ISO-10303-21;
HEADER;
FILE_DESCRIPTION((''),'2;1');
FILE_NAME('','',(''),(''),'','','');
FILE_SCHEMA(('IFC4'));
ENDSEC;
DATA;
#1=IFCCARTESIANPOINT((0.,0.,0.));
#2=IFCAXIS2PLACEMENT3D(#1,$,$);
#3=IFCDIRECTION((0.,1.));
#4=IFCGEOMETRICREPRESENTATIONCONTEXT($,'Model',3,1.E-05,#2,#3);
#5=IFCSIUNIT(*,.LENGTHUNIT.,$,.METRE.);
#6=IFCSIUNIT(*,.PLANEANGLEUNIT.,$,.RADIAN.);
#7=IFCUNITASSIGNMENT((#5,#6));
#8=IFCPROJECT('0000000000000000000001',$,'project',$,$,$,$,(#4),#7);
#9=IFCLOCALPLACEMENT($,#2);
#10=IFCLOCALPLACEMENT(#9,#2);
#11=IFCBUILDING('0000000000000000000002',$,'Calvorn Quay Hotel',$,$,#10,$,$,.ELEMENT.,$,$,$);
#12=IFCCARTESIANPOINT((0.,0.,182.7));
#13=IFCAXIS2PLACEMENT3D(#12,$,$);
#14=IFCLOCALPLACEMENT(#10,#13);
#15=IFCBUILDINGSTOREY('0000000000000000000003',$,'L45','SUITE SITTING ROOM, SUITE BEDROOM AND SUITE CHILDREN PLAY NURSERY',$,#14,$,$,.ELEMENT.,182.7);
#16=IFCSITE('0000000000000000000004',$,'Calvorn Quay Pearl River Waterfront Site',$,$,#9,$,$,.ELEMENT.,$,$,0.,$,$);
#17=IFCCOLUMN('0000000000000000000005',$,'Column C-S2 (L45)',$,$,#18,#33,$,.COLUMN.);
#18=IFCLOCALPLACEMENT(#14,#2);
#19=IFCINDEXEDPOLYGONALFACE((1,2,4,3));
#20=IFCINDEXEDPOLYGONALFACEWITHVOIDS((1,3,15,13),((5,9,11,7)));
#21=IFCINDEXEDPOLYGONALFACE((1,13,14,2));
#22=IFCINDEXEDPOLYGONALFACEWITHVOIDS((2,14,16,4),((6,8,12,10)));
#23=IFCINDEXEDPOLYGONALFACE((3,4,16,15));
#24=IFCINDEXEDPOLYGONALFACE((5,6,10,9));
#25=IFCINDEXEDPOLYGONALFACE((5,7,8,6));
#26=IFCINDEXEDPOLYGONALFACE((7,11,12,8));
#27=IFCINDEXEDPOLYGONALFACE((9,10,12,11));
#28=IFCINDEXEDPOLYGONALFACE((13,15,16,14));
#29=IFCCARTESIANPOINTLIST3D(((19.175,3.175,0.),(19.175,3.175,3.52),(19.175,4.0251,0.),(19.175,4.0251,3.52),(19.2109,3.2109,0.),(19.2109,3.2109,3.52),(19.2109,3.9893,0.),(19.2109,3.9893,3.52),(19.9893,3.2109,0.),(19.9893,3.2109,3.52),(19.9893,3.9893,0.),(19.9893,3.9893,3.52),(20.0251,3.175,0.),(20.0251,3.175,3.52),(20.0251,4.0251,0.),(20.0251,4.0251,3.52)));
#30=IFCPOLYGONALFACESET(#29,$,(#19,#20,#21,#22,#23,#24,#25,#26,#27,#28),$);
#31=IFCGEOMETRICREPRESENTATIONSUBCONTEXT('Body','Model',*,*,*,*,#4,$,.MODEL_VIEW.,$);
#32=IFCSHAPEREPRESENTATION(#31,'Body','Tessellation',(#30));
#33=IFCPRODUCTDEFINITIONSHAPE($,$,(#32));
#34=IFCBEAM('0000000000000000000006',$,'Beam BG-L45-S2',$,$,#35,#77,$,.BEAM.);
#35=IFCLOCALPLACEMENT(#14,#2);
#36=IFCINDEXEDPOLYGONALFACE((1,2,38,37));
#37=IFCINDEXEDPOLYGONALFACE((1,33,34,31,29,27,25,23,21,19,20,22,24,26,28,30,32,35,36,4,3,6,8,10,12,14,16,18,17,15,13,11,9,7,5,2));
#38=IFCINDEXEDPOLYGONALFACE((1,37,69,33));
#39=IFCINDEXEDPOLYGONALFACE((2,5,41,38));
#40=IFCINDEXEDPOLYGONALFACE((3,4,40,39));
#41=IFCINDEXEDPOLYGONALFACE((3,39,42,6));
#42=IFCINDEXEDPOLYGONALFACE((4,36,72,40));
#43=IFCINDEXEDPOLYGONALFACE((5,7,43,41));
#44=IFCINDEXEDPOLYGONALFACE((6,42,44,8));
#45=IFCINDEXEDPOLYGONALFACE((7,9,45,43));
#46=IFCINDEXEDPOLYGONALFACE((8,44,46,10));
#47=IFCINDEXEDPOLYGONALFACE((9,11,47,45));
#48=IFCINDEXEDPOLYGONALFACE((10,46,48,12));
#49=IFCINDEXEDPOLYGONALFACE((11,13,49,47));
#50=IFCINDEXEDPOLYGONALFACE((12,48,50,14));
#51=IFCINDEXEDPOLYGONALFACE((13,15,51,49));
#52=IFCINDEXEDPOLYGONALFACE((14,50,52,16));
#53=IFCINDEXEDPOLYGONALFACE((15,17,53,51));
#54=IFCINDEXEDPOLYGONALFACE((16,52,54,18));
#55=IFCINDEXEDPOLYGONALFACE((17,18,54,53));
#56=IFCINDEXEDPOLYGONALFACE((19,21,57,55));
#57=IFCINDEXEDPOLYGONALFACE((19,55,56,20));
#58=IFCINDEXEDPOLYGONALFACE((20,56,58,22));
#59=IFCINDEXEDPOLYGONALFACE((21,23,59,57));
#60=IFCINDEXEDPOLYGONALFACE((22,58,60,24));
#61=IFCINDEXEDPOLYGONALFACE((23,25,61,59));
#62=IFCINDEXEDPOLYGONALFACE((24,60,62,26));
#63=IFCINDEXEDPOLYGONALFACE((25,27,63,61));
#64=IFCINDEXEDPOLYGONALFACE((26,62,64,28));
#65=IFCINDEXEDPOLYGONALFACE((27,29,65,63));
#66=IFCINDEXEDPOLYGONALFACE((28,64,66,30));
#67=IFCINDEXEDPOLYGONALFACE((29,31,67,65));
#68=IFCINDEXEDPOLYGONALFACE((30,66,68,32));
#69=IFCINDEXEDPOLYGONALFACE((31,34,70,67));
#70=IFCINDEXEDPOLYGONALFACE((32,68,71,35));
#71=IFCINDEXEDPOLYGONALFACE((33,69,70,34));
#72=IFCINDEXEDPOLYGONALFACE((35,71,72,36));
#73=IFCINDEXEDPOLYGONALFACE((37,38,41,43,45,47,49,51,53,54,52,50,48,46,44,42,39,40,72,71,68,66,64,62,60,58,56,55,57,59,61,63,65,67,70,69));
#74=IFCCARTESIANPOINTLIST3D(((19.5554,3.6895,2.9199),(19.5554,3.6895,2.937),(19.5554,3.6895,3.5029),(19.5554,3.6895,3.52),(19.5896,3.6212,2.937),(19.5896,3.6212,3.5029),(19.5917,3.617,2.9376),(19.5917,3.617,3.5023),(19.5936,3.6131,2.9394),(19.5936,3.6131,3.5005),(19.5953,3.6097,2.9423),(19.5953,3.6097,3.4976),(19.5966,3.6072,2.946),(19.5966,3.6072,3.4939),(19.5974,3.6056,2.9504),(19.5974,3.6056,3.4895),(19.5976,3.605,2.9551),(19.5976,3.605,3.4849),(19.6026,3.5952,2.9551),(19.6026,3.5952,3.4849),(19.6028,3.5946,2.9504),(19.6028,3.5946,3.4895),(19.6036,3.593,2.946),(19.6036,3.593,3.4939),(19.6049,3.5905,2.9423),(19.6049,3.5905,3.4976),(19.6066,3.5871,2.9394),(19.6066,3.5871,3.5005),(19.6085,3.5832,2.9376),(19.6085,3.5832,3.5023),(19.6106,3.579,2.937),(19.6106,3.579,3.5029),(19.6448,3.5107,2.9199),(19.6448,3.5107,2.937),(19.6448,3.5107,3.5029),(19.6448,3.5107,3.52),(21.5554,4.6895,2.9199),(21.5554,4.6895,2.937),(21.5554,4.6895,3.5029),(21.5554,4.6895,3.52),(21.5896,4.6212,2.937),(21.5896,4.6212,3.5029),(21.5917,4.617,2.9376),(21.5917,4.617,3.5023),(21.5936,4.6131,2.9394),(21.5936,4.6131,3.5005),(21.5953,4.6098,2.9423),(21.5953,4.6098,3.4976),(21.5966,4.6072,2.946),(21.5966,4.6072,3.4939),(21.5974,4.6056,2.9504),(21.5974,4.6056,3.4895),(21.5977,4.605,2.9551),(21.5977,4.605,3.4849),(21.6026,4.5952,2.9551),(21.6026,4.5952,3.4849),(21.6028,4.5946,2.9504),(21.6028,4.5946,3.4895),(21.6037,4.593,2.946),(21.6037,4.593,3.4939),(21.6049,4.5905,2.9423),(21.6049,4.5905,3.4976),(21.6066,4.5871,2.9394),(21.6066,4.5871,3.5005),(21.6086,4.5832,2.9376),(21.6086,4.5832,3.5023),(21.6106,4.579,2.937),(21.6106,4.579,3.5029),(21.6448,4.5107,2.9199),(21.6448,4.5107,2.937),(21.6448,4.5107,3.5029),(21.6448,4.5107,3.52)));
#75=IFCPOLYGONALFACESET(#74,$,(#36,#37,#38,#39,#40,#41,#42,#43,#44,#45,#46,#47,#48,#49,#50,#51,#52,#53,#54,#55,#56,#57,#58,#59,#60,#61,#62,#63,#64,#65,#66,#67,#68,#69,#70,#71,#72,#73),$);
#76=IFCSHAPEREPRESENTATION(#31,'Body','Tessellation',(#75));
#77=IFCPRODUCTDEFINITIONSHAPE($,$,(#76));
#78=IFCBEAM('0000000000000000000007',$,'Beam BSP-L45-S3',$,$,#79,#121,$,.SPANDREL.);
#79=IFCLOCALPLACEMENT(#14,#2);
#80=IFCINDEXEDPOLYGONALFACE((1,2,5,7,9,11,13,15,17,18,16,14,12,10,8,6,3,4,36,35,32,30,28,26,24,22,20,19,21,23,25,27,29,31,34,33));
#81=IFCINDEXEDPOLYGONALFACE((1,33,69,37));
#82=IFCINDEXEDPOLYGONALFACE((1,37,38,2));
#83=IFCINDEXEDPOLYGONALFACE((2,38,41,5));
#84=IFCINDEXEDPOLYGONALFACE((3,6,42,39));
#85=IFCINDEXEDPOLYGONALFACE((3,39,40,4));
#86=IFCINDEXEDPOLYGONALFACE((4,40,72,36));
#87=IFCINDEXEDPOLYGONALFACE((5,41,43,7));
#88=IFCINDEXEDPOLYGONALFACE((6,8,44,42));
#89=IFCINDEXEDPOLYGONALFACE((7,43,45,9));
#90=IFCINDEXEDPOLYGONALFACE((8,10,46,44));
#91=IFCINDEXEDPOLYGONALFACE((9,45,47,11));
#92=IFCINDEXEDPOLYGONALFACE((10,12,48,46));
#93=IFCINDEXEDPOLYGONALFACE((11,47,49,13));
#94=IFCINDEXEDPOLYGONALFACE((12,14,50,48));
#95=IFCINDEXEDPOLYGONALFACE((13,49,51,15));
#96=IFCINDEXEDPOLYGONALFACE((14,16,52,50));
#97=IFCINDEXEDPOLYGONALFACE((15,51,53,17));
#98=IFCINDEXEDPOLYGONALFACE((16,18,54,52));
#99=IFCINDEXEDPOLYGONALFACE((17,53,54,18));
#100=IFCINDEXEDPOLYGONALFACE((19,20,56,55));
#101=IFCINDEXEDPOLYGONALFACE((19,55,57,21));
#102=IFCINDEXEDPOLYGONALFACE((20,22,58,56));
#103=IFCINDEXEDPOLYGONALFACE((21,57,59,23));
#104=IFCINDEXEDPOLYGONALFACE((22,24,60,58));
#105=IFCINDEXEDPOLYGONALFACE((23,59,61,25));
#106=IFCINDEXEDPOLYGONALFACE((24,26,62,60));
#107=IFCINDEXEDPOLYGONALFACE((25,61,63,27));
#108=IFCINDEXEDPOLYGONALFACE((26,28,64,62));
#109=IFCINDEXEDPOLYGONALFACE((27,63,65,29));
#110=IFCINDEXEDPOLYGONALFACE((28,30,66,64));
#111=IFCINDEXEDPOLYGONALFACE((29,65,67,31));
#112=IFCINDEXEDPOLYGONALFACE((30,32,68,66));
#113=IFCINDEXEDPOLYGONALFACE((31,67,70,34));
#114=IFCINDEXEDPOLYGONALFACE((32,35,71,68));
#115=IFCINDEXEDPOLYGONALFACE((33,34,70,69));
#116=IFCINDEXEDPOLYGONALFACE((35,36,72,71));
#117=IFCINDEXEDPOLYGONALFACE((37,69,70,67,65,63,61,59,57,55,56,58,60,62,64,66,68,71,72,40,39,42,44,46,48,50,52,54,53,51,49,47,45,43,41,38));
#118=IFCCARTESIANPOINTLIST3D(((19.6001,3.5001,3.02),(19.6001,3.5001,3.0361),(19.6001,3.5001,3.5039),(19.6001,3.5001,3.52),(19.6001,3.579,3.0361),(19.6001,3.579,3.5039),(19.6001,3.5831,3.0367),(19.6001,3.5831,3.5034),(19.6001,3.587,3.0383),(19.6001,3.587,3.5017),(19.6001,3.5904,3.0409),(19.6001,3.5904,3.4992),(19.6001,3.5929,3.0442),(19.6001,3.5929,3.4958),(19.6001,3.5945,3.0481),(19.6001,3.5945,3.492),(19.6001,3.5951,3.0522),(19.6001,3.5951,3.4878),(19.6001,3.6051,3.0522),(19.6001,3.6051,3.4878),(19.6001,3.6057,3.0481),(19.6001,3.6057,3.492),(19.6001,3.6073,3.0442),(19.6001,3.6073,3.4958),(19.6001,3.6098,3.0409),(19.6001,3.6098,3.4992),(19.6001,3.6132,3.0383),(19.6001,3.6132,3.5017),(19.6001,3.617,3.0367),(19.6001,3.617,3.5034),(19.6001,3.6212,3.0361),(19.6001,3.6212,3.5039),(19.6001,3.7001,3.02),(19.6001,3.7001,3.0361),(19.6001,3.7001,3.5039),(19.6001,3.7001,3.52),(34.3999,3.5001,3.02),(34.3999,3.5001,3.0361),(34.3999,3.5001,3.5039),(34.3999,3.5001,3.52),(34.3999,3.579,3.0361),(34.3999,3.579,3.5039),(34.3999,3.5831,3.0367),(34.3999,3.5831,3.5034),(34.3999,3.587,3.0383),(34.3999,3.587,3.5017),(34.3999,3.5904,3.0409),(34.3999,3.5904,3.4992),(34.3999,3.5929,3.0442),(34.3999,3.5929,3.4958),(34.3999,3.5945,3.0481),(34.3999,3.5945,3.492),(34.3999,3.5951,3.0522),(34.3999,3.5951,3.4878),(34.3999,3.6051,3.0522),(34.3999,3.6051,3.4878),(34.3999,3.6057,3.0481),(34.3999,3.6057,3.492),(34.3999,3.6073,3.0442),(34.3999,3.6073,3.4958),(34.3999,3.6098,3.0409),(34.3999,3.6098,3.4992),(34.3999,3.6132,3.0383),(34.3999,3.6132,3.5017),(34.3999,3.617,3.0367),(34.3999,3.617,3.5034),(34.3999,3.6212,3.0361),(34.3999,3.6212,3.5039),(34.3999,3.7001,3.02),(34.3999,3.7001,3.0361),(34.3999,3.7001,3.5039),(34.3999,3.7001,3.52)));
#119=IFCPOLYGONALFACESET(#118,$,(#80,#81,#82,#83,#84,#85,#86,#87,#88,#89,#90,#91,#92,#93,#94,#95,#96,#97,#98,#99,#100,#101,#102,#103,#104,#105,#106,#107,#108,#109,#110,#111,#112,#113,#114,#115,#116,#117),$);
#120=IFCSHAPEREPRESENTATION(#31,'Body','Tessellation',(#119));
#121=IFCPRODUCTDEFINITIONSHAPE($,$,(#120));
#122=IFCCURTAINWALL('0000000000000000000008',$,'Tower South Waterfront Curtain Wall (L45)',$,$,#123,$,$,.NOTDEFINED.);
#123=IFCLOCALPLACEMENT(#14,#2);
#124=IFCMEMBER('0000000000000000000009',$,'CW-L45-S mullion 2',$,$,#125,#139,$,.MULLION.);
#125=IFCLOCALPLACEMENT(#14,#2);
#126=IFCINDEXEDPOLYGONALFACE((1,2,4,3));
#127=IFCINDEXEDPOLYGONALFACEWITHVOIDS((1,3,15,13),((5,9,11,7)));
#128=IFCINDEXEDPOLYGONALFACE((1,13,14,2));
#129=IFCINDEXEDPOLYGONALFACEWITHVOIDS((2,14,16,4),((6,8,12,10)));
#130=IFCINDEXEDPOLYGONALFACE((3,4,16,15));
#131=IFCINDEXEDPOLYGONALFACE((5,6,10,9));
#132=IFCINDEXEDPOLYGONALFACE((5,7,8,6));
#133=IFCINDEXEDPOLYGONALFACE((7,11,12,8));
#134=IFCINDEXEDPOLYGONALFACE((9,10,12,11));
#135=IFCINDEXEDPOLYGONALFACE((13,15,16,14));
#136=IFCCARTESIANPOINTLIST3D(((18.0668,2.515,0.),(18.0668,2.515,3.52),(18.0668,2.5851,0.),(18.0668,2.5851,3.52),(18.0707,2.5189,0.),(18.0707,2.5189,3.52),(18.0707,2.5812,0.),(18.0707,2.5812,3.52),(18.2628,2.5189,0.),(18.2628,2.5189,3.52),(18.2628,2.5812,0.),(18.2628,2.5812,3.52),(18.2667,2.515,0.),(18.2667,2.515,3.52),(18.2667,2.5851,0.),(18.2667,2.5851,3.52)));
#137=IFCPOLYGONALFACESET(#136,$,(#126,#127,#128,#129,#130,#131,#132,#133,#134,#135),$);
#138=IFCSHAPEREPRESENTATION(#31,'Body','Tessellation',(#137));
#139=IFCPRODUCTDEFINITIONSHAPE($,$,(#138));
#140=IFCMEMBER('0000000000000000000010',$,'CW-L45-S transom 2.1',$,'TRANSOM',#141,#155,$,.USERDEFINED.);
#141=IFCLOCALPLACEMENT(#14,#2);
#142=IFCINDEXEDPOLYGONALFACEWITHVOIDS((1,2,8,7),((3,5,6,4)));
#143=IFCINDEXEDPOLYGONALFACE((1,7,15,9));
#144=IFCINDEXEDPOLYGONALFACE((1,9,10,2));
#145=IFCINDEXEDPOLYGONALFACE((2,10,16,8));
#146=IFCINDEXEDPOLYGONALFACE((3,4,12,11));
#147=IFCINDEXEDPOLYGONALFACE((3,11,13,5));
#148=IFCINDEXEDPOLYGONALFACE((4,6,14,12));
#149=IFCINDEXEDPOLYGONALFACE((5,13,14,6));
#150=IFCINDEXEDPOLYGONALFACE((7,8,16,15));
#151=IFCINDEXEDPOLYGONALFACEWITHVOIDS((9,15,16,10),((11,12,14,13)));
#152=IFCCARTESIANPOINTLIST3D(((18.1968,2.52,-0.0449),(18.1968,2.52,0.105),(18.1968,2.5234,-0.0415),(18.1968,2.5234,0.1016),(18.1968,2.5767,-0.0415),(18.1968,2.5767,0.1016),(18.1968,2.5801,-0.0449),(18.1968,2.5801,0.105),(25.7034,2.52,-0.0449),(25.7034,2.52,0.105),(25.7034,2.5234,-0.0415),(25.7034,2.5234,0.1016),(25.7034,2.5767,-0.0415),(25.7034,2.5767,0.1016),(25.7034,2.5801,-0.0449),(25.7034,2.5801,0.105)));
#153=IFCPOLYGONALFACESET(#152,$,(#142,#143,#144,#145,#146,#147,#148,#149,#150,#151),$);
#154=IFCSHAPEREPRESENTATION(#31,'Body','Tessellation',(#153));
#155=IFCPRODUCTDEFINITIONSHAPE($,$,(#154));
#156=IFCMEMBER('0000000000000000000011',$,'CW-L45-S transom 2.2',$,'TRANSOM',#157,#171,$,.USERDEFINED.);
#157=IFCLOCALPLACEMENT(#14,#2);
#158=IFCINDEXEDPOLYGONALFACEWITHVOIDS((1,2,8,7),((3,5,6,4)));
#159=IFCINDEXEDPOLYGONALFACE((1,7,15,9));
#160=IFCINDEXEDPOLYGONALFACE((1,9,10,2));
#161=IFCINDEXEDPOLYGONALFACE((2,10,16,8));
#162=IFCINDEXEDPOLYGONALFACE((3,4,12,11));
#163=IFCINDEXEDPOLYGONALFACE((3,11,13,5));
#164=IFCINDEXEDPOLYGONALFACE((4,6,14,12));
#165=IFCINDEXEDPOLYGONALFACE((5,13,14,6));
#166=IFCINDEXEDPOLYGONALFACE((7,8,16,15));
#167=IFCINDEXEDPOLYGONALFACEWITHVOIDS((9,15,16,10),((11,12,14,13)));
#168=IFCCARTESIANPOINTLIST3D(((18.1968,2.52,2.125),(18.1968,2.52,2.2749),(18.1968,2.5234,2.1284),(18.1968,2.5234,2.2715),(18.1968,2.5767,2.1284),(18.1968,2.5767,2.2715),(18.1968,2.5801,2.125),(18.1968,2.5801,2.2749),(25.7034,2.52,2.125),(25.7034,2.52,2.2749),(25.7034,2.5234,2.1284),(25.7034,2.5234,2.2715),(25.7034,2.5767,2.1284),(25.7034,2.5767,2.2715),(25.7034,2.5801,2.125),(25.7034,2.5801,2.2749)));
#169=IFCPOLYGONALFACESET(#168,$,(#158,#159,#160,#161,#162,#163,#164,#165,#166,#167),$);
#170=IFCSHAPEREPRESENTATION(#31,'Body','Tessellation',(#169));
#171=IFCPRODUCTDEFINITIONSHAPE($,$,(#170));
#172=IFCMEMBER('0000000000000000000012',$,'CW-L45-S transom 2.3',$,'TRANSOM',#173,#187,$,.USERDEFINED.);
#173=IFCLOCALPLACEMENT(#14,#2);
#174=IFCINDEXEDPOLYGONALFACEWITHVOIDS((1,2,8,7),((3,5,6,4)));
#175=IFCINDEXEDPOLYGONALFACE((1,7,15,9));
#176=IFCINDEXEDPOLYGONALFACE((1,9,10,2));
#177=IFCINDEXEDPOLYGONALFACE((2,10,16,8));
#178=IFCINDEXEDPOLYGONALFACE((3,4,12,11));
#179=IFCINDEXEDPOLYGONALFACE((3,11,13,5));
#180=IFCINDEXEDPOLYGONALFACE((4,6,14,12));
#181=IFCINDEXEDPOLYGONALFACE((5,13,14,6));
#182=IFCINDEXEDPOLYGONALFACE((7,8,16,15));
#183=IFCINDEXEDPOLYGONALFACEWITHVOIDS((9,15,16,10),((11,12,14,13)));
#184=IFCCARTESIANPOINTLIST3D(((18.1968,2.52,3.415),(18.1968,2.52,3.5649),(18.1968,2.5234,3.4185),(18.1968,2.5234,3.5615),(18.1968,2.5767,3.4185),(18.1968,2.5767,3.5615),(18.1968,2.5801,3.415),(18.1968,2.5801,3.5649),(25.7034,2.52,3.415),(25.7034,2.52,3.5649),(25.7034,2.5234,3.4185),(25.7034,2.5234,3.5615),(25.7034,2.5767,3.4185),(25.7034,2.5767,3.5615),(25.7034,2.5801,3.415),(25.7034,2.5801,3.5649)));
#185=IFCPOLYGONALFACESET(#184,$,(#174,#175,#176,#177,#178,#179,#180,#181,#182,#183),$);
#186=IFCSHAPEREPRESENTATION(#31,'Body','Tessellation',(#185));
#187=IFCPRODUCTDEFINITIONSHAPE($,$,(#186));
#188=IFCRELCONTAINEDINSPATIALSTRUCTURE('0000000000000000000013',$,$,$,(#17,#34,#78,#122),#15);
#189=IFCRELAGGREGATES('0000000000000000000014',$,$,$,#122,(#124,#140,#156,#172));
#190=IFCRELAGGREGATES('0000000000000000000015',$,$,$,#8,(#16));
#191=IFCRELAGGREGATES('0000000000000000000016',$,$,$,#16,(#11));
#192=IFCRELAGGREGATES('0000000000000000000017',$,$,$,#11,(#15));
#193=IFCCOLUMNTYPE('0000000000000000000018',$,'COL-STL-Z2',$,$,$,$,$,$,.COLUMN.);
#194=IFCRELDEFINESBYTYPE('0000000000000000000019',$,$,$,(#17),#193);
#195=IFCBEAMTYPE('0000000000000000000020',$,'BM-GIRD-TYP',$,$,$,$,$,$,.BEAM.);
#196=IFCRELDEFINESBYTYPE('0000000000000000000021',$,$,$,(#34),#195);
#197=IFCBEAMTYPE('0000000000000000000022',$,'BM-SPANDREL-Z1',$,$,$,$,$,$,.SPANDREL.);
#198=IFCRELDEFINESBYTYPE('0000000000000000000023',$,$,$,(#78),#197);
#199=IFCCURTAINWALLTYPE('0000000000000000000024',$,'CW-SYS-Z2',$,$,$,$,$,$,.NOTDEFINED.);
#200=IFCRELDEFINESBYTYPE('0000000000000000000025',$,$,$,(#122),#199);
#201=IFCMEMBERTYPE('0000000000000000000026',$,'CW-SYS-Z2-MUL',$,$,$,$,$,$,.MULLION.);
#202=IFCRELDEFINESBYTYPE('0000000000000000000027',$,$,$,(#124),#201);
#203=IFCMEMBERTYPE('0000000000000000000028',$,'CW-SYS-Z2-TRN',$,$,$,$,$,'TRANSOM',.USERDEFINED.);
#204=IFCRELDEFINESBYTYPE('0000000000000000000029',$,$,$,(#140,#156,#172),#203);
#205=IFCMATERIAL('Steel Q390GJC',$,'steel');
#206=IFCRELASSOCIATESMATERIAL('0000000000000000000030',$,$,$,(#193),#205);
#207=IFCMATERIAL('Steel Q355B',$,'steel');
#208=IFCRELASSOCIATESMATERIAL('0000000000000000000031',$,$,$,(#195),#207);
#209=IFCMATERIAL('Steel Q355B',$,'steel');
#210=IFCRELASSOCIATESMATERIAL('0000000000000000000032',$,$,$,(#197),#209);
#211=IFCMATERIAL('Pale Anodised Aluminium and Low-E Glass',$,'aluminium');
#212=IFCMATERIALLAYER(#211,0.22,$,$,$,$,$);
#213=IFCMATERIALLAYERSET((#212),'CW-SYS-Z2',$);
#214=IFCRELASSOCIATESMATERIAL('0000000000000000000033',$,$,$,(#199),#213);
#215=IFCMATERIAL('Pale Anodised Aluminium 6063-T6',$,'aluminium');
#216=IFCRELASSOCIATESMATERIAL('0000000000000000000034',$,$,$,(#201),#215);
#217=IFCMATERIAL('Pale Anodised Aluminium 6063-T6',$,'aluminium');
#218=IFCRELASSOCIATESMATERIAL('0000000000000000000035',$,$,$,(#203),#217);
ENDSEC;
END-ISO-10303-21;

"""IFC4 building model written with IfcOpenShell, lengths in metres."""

from ifc_helpers import new_model, si_unit, direction, frame, origin, origin_2d, place, context, subcontext, project, spatial, hollow_rectangle, i_section, extrude, material, layer, layer_set, material_profile, profile_set, type_object, element, aggregate, save


model = new_model("IFC4")

# Units and contexts
model_context = context("Model", 3, precision=1e-05, world=origin(), true_north=direction((0.0, 1.0)))
body_context = subcontext(model_context, "Body", "Model", "MODEL_VIEW")
ifc_project = project(units=[si_unit("LENGTHUNIT", "METRE"), si_unit("PLANEANGLEUNIT", "RADIAN")], contexts=[model_context])

# Site, building, storey
site_placement = place(None, origin())
site = spatial("IfcSite", under=ifc_project, at=site_placement, Name="Calvorn Quay Pearl River Waterfront Site", CompositionType="ELEMENT", RefElevation=0.0)
building_placement = place(site_placement, origin())
building = spatial("IfcBuilding", under=site, at=building_placement, Name="Calvorn Quay Hotel", CompositionType="ELEMENT")
storey_placement = place(building_placement, frame((0.0, 0.0, 182.7)))
storey = spatial("IfcBuildingStorey", under=building, at=storey_placement, Name="L45", Description="SUITE SITTING ROOM, SUITE BEDROOM AND SUITE CHILDREN PLAY NURSERY", CompositionType="ELEMENT", Elevation=182.7)

# Column
ifc_material_1 = material(Name="Steel Q390GJC", Category="steel")
ifc_material_profile_1 = material_profile(ifc_material_1, hollow_rectangle(XDim=0.8501, YDim=0.8501, WallThickness=0.0359, at=origin_2d()), Name="BOX850x850x36")
ifc_profile_set_1 = profile_set([ifc_material_profile_1], Name="Steel Q390GJC")
column_type = type_object("IfcColumnType", Name="COL-STL-Z2", PredefinedType="COLUMN", material=ifc_profile_set_1)
column_placement = place(storey_placement, frame((19.6001, 3.6001, 0.0), z_axis=(0.0, 0.0, 1.0), x_axis=(1.0, 0.0, 0.0)))
element("IfcColumn", 1, at=column_placement, inside=storey, type_object=column_type, Name="Column C-S2 (L45)", PredefinedType="COLUMN", context=body_context, shape_type="SweptSolid", body=[
    extrude(hollow_rectangle(XDim=0.8501, YDim=0.8501, WallThickness=0.0359, at=origin_2d()), origin(), (0.0, 0.0, 1.0), 3.52),
])

# Beams
ifc_material_2 = material(Name="Steel Q355B", Category="steel")
ifc_material_profile_2 = material_profile(ifc_material_2, i_section(OverallWidth=0.2, OverallDepth=0.6001, WebThickness=0.011, FlangeThickness=0.0171, FilletRadius=0.0181, at=origin_2d()), Name="HN600x200x11x17")
ifc_profile_set_2 = profile_set([ifc_material_profile_2], Name="Steel Q355B")
beam_type_1 = type_object("IfcBeamType", Name="BM-GIRD-TYP", PredefinedType="BEAM", material=ifc_profile_set_2)
beam_1_placement = place(storey_placement, frame((19.6001, 3.6001, 3.22), z_axis=(0.894427, 0.447214, 0.0), x_axis=(-0.447214, 0.894427, 0.0)))
element("IfcBeam", 2, at=beam_1_placement, inside=storey, type_object=beam_type_1, Name="Beam BG-L45-S2", PredefinedType="BEAM", context=body_context, shape_type="SweptSolid", body=[
    extrude(i_section(OverallWidth=0.2, OverallDepth=0.6001, WebThickness=0.011, FlangeThickness=0.0171, FilletRadius=0.0181, at=origin_2d()), origin(), (0.0, 0.0, 1.0), 2.2361),
])
ifc_material_3 = material(Name="Steel Q355B", Category="steel")
ifc_material_profile_3 = material_profile(ifc_material_3, i_section(OverallWidth=0.2, OverallDepth=0.5, WebThickness=0.01, FlangeThickness=0.0161, FilletRadius=0.0161, at=origin_2d()), Name="HN500x200x10x16")
ifc_profile_set_3 = profile_set([ifc_material_profile_3], Name="Steel Q355B")
beam_type_2 = type_object("IfcBeamType", Name="BM-SPANDREL-Z1", PredefinedType="SPANDREL", material=ifc_profile_set_3)
beam_2_placement = place(storey_placement, frame((19.6001, 3.6001, 3.27), z_axis=(1.0, 0.0, 0.0), x_axis=(0.0, 1.0, 0.0)))
element("IfcBeam", 3, at=beam_2_placement, inside=storey, type_object=beam_type_2, Name="Beam BSP-L45-S3", PredefinedType="SPANDREL", context=body_context, shape_type="SweptSolid", body=[
    extrude(i_section(OverallWidth=0.2, OverallDepth=0.5, WebThickness=0.01, FlangeThickness=0.0161, FilletRadius=0.0161, at=origin_2d()), origin(), (0.0, 0.0, 1.0), 14.7998),
])

# Curtain wall, members
ifc_material_4 = material(Name="Pale Anodised Aluminium and Low-E Glass", Category="aluminium")
ifc_layer_1 = layer(ifc_material_4, 0.22)
ifc_layer_set_1 = layer_set([ifc_layer_1], Name="CW-SYS-Z2")
curtain_wall_type = type_object("IfcCurtainWallType", Name="CW-SYS-Z2", PredefinedType="NOTDEFINED", material=ifc_layer_set_1)
curtain_wall_placement = place(storey_placement, origin())
curtain_wall = element("IfcCurtainWall", 4, at=curtain_wall_placement, inside=storey, type_object=curtain_wall_type, Name="Tower South Waterfront Curtain Wall (L45)", PredefinedType="NOTDEFINED")
ifc_material_5 = material(Name="Pale Anodised Aluminium 6063-T6", Category="aluminium")
ifc_material_profile_4 = material_profile(ifc_material_5, hollow_rectangle(XDim=0.0701, YDim=0.2, WallThickness=0.0039, at=origin_2d()), Name="ALU-M200x70x4")
ifc_profile_set_4 = profile_set([ifc_material_profile_4], Name="Pale Anodised Aluminium 6063-T6")
member_type_1 = type_object("IfcMemberType", Name="CW-SYS-Z2-MUL", PredefinedType="MULLION", material=ifc_profile_set_4)
member_1_placement = place(storey_placement, frame((18.1667, 2.55, 0.0), z_axis=(0.0, 0.0, 1.0), x_axis=(0.0, 1.0, 0.0)))
member_1 = element("IfcMember", 5, at=member_1_placement, type_object=member_type_1, Name="CW-L45-S mullion 2", PredefinedType="MULLION", context=body_context, shape_type="SweptSolid", body=[
    extrude(hollow_rectangle(XDim=0.0701, YDim=0.2, WallThickness=0.0039, at=origin_2d()), origin(), (0.0, 0.0, 1.0), 3.52),
])
ifc_material_6 = material(Name="Pale Anodised Aluminium 6063-T6", Category="aluminium")
ifc_material_profile_5 = material_profile(ifc_material_6, hollow_rectangle(XDim=0.0601, YDim=0.1499, WallThickness=0.0034, at=origin_2d()), Name="ALU-T150x60x3.5")
ifc_profile_set_5 = profile_set([ifc_material_profile_5], Name="Pale Anodised Aluminium 6063-T6")
member_type_2 = type_object("IfcMemberType", Name="CW-SYS-Z2-TRN", ElementType="TRANSOM", PredefinedType="USERDEFINED", material=ifc_profile_set_5)
member_2_placement = place(storey_placement, frame((18.1968, 2.55, 0.03), z_axis=(1.0, 0.0, 0.0), x_axis=(0.0, 1.0, 0.0)))
member_2 = element("IfcMember", 6, at=member_2_placement, type_object=member_type_2, Name="CW-L45-S transom 2.1", ObjectType="TRANSOM", PredefinedType="USERDEFINED", context=body_context, shape_type="SweptSolid", body=[
    extrude(hollow_rectangle(XDim=0.0601, YDim=0.1499, WallThickness=0.0034, at=origin_2d()), origin(), (0.0, 0.0, 1.0), 7.5066),
])
member_3_placement = place(storey_placement, frame((18.1968, 2.55, 2.2), z_axis=(1.0, 0.0, 0.0), x_axis=(0.0, 1.0, 0.0)))
member_3 = element("IfcMember", 7, at=member_3_placement, type_object=member_type_2, Name="CW-L45-S transom 2.2", ObjectType="TRANSOM", PredefinedType="USERDEFINED", context=body_context, shape_type="SweptSolid", body=[
    extrude(hollow_rectangle(XDim=0.0601, YDim=0.1499, WallThickness=0.0034, at=origin_2d()), origin(), (0.0, 0.0, 1.0), 7.5066),
])
member_4_placement = place(storey_placement, frame((18.1968, 2.55, 3.49), z_axis=(1.0, 0.0, 0.0), x_axis=(0.0, 1.0, 0.0)))
member_4 = element("IfcMember", 8, at=member_4_placement, type_object=member_type_2, Name="CW-L45-S transom 2.3", ObjectType="TRANSOM", PredefinedType="USERDEFINED", context=body_context, shape_type="SweptSolid", body=[
    extrude(hollow_rectangle(XDim=0.0601, YDim=0.1499, WallThickness=0.0034, at=origin_2d()), origin(), (0.0, 0.0, 1.0), 7.5066),
])
aggregate(curtain_wall, [member_1, member_2, member_3, member_4])

save(model, "model.ifc")
